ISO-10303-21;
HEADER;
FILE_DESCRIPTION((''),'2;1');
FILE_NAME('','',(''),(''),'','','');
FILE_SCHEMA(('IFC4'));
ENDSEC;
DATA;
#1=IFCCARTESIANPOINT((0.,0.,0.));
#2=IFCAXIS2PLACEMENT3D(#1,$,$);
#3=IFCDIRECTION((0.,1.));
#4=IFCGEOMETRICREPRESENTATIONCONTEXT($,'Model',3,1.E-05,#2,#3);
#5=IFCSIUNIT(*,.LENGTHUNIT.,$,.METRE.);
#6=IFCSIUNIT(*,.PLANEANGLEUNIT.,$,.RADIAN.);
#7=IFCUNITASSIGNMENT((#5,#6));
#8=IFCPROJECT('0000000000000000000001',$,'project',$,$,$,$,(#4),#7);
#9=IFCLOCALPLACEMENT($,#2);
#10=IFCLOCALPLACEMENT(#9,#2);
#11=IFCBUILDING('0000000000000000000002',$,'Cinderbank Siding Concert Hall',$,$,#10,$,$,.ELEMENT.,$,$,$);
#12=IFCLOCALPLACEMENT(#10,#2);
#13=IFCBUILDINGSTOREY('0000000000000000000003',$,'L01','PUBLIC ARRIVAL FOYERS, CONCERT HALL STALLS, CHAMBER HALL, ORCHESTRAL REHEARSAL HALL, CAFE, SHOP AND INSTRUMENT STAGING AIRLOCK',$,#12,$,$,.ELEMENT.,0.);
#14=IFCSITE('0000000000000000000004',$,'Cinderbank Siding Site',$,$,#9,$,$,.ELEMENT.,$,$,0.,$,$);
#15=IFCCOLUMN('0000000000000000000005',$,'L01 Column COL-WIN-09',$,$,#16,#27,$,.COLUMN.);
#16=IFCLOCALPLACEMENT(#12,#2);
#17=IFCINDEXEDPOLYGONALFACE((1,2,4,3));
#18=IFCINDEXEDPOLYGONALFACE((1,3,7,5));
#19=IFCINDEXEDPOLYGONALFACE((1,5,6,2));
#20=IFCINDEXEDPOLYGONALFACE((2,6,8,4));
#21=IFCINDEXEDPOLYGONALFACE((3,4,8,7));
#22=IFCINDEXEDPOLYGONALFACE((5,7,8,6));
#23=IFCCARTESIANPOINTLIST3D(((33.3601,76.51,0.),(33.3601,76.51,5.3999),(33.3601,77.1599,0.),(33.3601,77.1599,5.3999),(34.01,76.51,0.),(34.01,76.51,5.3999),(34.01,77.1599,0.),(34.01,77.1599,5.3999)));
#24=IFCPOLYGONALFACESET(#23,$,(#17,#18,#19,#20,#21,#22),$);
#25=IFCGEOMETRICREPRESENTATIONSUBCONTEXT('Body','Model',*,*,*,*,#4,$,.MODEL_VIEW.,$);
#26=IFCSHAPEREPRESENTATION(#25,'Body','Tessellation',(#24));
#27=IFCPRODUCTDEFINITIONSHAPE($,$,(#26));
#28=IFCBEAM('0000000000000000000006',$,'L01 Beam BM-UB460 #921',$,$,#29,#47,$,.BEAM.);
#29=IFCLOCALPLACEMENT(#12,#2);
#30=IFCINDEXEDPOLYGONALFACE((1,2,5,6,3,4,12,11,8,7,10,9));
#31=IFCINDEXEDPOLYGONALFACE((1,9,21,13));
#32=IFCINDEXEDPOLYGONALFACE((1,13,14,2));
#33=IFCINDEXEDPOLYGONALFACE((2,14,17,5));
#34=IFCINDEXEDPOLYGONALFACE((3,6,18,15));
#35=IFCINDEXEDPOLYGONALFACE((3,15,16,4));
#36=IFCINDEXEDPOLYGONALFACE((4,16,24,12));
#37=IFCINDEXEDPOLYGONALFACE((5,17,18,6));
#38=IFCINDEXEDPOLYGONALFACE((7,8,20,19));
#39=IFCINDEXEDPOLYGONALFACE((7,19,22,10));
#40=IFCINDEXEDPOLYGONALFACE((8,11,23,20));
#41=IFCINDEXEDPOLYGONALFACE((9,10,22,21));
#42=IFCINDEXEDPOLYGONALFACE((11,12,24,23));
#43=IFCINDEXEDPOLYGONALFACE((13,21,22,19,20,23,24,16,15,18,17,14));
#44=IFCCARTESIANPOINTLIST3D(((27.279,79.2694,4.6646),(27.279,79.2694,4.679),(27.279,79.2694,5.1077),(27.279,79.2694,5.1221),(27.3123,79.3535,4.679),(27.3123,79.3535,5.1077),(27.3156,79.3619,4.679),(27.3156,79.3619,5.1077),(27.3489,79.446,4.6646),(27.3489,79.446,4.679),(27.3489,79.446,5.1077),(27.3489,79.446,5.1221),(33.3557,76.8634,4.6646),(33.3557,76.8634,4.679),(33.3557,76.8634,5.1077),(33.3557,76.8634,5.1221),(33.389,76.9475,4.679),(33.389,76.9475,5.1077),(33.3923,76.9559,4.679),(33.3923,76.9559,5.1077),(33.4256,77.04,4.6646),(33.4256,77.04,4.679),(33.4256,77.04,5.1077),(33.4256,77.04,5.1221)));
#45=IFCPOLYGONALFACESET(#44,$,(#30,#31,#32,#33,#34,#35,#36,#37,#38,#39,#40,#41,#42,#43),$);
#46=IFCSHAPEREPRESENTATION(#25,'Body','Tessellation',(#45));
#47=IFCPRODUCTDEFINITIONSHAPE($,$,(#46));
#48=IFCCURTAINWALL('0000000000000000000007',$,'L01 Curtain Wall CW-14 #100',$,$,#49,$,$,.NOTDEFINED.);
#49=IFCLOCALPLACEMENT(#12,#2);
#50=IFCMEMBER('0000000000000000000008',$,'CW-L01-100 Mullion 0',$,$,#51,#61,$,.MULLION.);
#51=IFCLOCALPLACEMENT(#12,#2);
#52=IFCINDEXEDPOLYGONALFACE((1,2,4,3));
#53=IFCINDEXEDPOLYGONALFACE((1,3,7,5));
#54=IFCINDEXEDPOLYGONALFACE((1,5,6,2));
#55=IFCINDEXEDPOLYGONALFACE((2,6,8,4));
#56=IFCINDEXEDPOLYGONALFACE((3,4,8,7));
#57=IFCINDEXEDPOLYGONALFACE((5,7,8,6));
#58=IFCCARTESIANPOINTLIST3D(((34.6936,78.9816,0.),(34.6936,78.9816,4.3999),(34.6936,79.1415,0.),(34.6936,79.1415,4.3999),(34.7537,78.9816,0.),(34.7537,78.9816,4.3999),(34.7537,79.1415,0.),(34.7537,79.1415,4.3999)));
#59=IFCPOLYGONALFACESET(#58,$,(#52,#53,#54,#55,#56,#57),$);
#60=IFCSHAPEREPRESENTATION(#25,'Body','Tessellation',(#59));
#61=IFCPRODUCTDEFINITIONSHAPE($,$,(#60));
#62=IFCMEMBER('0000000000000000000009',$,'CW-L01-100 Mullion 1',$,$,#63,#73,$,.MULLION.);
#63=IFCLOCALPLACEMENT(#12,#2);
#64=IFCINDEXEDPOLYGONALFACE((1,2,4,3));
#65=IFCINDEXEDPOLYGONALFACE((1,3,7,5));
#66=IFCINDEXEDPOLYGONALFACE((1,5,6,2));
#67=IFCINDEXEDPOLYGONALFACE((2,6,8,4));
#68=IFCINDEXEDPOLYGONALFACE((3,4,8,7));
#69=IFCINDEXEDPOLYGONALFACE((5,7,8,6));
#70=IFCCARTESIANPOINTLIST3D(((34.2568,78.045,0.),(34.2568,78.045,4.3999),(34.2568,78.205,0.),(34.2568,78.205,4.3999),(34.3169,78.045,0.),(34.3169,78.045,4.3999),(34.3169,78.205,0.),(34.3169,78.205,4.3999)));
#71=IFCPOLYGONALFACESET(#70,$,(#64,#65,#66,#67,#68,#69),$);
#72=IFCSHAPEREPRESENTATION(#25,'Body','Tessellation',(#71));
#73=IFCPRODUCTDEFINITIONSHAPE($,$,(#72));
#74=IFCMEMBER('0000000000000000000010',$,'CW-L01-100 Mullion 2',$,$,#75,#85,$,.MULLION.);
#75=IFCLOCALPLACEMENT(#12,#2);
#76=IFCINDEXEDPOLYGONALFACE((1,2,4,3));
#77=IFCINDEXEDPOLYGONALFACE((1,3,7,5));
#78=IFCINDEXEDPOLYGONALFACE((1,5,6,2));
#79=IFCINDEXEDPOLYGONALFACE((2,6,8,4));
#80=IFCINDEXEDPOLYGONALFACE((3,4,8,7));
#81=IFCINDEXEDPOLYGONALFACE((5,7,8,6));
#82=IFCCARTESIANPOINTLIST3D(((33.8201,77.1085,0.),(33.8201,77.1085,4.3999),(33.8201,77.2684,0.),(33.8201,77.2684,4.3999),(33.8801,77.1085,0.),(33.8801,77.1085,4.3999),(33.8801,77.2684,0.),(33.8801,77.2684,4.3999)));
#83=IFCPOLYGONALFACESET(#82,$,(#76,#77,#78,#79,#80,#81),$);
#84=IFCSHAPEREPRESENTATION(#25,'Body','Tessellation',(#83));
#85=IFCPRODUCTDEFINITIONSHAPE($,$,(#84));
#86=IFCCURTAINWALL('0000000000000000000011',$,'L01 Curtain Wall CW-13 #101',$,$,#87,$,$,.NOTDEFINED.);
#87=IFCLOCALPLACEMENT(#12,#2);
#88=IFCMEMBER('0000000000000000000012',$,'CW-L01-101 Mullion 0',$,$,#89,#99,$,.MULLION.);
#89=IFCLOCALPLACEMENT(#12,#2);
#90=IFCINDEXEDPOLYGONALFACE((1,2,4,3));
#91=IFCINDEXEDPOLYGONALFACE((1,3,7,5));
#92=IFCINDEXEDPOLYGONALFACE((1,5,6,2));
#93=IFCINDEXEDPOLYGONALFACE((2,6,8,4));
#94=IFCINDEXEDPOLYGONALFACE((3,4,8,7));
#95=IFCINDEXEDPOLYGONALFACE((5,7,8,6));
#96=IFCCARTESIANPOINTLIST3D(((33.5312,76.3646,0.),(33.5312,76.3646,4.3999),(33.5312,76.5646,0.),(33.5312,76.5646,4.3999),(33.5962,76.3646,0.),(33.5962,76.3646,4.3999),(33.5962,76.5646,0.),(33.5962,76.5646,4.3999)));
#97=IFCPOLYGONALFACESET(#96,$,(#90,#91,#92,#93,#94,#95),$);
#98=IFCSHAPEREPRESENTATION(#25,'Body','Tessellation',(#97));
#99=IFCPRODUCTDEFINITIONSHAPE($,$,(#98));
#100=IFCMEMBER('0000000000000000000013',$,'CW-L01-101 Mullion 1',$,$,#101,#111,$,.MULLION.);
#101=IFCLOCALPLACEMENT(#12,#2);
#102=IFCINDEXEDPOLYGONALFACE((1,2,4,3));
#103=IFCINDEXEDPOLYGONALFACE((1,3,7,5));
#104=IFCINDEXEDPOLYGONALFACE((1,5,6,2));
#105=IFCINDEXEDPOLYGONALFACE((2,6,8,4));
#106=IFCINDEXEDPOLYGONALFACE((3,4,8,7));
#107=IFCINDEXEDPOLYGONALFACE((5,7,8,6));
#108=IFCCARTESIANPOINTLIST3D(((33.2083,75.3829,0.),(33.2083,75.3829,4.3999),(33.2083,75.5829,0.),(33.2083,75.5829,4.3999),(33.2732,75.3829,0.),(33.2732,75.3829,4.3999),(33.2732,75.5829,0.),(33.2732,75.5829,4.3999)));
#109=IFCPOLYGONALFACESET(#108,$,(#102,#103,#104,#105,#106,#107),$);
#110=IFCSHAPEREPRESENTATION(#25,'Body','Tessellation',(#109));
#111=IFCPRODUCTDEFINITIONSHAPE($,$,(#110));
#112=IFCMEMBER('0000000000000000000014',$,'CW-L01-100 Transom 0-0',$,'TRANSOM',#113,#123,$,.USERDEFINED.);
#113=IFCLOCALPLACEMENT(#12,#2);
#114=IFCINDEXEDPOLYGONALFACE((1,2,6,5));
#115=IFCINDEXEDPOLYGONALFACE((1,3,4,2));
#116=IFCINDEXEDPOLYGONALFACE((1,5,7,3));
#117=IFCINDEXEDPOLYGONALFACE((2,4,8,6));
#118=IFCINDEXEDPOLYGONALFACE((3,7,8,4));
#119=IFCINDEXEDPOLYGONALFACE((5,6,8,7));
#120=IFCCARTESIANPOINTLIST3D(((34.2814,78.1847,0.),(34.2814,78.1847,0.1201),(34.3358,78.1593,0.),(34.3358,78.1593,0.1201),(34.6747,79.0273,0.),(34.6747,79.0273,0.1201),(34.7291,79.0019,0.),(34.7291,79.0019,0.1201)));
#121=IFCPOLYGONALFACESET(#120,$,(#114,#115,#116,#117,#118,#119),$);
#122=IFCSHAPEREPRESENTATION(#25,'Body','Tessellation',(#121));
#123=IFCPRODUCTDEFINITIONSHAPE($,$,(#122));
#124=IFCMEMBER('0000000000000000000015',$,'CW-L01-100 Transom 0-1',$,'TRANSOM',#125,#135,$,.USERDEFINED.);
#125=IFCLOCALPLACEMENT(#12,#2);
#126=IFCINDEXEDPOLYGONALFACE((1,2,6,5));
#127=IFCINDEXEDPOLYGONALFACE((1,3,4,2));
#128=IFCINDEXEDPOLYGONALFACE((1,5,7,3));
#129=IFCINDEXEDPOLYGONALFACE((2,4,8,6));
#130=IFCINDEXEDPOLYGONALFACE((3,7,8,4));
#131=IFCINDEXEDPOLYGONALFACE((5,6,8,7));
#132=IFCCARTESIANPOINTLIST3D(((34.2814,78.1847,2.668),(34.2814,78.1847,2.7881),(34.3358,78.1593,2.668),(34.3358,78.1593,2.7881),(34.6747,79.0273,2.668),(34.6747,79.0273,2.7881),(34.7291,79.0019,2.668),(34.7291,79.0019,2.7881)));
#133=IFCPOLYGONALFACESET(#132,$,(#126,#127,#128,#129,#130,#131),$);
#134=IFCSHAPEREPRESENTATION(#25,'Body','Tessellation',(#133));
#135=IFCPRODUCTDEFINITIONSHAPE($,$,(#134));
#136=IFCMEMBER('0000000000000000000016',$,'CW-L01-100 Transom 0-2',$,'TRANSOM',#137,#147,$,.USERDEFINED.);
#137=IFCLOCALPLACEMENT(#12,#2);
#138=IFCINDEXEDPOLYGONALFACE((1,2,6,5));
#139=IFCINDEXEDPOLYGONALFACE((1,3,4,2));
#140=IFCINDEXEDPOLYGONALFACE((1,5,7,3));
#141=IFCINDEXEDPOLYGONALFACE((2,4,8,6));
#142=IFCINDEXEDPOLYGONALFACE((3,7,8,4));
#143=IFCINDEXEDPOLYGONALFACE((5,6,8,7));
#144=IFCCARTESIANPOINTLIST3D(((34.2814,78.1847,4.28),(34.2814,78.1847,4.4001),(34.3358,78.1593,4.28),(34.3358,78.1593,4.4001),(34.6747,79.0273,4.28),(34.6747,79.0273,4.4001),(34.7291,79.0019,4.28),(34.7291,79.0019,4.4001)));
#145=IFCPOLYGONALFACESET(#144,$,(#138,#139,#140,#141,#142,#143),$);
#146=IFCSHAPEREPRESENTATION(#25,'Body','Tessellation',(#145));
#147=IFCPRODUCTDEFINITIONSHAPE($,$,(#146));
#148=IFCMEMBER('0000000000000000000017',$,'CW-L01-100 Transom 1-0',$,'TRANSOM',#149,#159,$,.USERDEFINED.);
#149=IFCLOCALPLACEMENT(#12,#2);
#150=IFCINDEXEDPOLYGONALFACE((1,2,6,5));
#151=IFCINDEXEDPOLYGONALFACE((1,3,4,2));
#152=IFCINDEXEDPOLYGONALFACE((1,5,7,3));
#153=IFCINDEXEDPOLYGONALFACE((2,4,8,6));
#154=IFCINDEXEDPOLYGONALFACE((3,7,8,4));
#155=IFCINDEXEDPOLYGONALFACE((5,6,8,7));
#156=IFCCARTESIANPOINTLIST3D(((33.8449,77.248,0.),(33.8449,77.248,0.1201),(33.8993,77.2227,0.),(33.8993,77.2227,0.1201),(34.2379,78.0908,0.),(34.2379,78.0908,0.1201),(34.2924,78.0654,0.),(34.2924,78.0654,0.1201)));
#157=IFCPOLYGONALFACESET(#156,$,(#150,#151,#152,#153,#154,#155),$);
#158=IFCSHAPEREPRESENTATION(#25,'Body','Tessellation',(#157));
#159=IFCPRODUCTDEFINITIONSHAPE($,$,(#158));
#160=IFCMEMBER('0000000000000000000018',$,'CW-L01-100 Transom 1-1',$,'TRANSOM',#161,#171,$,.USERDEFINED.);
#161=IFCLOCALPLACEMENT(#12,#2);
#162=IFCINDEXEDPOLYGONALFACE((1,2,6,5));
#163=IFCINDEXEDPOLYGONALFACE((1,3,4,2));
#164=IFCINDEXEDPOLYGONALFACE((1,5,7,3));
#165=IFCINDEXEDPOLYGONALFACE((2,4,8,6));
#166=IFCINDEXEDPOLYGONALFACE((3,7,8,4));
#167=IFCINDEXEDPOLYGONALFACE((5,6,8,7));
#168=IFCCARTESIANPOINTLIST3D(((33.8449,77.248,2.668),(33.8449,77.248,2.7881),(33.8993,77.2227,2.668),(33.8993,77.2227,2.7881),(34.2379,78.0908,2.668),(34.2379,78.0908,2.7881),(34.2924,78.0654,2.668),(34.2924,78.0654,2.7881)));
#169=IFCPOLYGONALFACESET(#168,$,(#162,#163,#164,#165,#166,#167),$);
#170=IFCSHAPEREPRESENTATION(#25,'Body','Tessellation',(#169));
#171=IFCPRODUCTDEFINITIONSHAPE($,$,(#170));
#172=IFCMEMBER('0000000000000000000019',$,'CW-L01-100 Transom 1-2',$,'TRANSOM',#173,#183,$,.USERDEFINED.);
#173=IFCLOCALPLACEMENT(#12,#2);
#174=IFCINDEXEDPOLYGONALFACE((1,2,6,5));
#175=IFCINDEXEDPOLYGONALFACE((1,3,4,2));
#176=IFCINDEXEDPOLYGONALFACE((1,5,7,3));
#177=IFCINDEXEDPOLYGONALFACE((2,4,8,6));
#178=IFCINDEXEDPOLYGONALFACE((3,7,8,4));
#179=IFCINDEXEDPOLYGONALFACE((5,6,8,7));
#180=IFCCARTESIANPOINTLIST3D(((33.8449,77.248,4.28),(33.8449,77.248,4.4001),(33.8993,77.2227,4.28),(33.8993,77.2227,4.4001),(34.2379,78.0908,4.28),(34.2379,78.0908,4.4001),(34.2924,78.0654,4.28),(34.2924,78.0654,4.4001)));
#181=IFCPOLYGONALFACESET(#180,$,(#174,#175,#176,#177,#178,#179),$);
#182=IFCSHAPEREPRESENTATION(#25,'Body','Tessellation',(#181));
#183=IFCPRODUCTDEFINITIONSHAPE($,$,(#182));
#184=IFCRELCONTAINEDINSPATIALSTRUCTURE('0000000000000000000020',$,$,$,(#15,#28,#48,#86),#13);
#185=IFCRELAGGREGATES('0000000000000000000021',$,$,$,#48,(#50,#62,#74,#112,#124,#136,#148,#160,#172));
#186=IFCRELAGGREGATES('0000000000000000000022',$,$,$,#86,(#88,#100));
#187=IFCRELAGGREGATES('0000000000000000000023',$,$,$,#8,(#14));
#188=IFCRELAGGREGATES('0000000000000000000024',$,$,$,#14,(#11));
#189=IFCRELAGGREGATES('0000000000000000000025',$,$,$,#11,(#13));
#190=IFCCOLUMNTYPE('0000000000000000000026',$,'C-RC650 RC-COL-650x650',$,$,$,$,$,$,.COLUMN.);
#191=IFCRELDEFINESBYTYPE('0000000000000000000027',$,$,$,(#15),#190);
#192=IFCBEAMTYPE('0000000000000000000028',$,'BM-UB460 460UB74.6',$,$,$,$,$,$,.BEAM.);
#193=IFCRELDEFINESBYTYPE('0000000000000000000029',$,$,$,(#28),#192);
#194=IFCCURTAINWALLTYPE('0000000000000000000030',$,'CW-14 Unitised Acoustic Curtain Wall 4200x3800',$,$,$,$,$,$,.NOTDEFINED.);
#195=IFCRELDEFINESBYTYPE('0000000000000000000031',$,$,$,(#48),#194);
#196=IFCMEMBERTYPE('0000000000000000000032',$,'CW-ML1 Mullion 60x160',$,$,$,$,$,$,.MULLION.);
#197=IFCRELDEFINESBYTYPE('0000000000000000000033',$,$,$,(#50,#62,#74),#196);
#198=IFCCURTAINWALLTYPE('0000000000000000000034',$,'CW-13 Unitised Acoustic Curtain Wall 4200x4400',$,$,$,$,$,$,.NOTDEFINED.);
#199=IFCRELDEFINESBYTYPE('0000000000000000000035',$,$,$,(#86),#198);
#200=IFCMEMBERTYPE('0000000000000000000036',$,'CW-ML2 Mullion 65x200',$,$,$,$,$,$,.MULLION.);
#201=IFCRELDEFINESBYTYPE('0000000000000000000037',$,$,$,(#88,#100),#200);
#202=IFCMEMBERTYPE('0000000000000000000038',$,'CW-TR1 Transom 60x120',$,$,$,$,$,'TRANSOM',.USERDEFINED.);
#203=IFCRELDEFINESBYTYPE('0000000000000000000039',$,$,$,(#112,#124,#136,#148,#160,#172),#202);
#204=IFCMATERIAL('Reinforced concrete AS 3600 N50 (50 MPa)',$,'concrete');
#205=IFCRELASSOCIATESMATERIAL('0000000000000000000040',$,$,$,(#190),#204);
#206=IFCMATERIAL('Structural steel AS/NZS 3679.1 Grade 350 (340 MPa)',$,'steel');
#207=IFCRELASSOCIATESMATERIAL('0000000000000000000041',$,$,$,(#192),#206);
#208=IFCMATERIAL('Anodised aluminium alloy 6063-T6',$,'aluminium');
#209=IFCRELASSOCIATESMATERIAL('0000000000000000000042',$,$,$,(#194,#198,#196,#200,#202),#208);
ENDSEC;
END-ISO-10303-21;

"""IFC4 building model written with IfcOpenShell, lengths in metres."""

from ifc_helpers import new_model, si_unit, direction, frame, origin, origin_2d, place, context, subcontext, project, spatial, rectangle, i_section, extrude, material, material_profile, profile_set, type_object, element, aggregate, save


model = new_model("IFC4")

# Units and contexts
model_context = context("Model", 3, precision=1e-05, world=origin(), true_north=direction((0.0, 1.0)))
body_context = subcontext(model_context, "Body", "Model", "MODEL_VIEW")
ifc_project = project(units=[si_unit("LENGTHUNIT", "METRE"), si_unit("PLANEANGLEUNIT", "RADIAN")], contexts=[model_context])

# Site, building, storey
site_placement = place(None, origin())
site = spatial("IfcSite", under=ifc_project, at=site_placement, Name="Cinderbank Siding Site", CompositionType="ELEMENT", RefElevation=0.0)
building_placement = place(site_placement, origin())
building = spatial("IfcBuilding", under=site, at=building_placement, Name="Cinderbank Siding Concert Hall", CompositionType="ELEMENT")
storey_placement = place(building_placement, origin())
storey = spatial("IfcBuildingStorey", under=building, at=storey_placement, Name="L01", Description="PUBLIC ARRIVAL FOYERS, CONCERT HALL STALLS, CHAMBER HALL, ORCHESTRAL REHEARSAL HALL, CAFE, SHOP AND INSTRUMENT STAGING AIRLOCK", CompositionType="ELEMENT", Elevation=0.0)

# Column
ifc_material_1 = material(Name="Reinforced concrete AS 3600 N50 (50 MPa)", Category="concrete")
ifc_material_profile_1 = material_profile(ifc_material_1, rectangle(XDim=0.6499, YDim=0.6499, at=origin_2d()), Name="RC-COL-650x650", Category="LoadBearing")
ifc_profile_set_1 = profile_set([ifc_material_profile_1], Name="Reinforced concrete AS 3600 N50 (50 MPa)")
column_type = type_object("IfcColumnType", Name="C-RC650 RC-COL-650x650", PredefinedType="COLUMN", material=ifc_profile_set_1)
column_placement = place(storey_placement, frame((33.6851, 76.835, 0.0), z_axis=(0.0, 0.0, 1.0), x_axis=(1.0, 0.0, 0.0)))
element("IfcColumn", 1, at=column_placement, inside=storey, type_object=column_type, Name="L01 Column COL-WIN-09", PredefinedType="COLUMN", context=body_context, shape_type="SweptSolid", body=[
    extrude(rectangle(XDim=0.6499, YDim=0.6499, at=origin_2d()), origin(), (0.0, 0.0, 1.0), 5.3999),
])

# Beam
ifc_material_2 = material(Name="Structural steel AS/NZS 3679.1 Grade 350 (340 MPa)", Category="steel")
ifc_material_profile_2 = material_profile(ifc_material_2, i_section(OverallWidth=0.1899, OverallDepth=0.4575, WebThickness=0.009, FlangeThickness=0.0144, at=origin_2d()), Name="460UB74.6", Category="LoadBearing")
ifc_profile_set_2 = profile_set([ifc_material_profile_2], Name="Structural steel AS/NZS 3679.1 Grade 350 (340 MPa)")
beam_type_1 = type_object("IfcBeamType", Name="BM-UB460 460UB74.6", PredefinedType="BEAM", material=ifc_profile_set_2)
beam_placement = place(storey_placement, frame((33.3906, 76.9517, 4.8933), z_axis=(-0.929772, 0.368136, 0.0), x_axis=(-0.368136, -0.929772, 0.0)))
element("IfcBeam", 2, at=beam_placement, inside=storey, type_object=beam_type_1, Name="L01 Beam BM-UB460 #921", PredefinedType="BEAM", context=body_context, shape_type="SweptSolid", body=[
    extrude(i_section(OverallWidth=0.1899, OverallDepth=0.4575, WebThickness=0.009, FlangeThickness=0.0144, at=origin_2d()), origin(), (0.0, 0.0, 1.0), 6.5356),
])

# Curtain walls, members
ifc_material_3 = material(Name="Anodised aluminium alloy 6063-T6", Category="aluminium")
curtain_wall_type_1 = type_object("IfcCurtainWallType", Name="CW-14 Unitised Acoustic Curtain Wall 4200x3800", PredefinedType="NOTDEFINED", material=ifc_material_3)
curtain_wall_1_placement = place(storey_placement, origin())
curtain_wall_1 = element("IfcCurtainWall", 3, at=curtain_wall_1_placement, inside=storey, type_object=curtain_wall_type_1, Name="L01 Curtain Wall CW-14 #100", PredefinedType="NOTDEFINED")
ifc_material_profile_3 = material_profile(ifc_material_3, rectangle(XDim=0.0601, YDim=0.1599, at=origin_2d()), Name="ALU-MULL-60x160", Category="LoadBearing")
ifc_profile_set_3 = profile_set([ifc_material_profile_3], Name="Anodised aluminium alloy 6063-T6")
member_type_1 = type_object("IfcMemberType", Name="CW-ML1 Mullion 60x160", PredefinedType="MULLION", material=ifc_profile_set_3)
member_1_placement = place(storey_placement, frame((34.7236, 79.0615, 0.0), z_axis=(0.0, 0.0, 1.0), x_axis=(1.0, 0.0, 0.0)))
member_1 = element("IfcMember", 4, at=member_1_placement, type_object=member_type_1, Name="CW-L01-100 Mullion 0", PredefinedType="MULLION", context=body_context, shape_type="SweptSolid", body=[
    extrude(rectangle(XDim=0.0601, YDim=0.1599, at=origin_2d()), origin(), (0.0, 0.0, 1.0), 4.3999),
])
member_2_placement = place(storey_placement, frame((34.2869, 78.125, 0.0), z_axis=(0.0, 0.0, 1.0), x_axis=(1.0, 0.0, 0.0)))
member_2 = element("IfcMember", 5, at=member_2_placement, type_object=member_type_1, Name="CW-L01-100 Mullion 1", PredefinedType="MULLION", context=body_context, shape_type="SweptSolid", body=[
    extrude(rectangle(XDim=0.0601, YDim=0.1599, at=origin_2d()), origin(), (0.0, 0.0, 1.0), 4.3999),
])
member_3_placement = place(storey_placement, frame((33.8501, 77.1885, 0.0), z_axis=(0.0, 0.0, 1.0), x_axis=(1.0, 0.0, 0.0)))
member_3 = element("IfcMember", 6, at=member_3_placement, type_object=member_type_1, Name="CW-L01-100 Mullion 2", PredefinedType="MULLION", context=body_context, shape_type="SweptSolid", body=[
    extrude(rectangle(XDim=0.0601, YDim=0.1599, at=origin_2d()), origin(), (0.0, 0.0, 1.0), 4.3999),
])
curtain_wall_type_2 = type_object("IfcCurtainWallType", Name="CW-13 Unitised Acoustic Curtain Wall 4200x4400", PredefinedType="NOTDEFINED", material=ifc_material_3)
curtain_wall_2_placement = place(storey_placement, origin())
curtain_wall_2 = element("IfcCurtainWall", 7, at=curtain_wall_2_placement, inside=storey, type_object=curtain_wall_type_2, Name="L01 Curtain Wall CW-13 #101", PredefinedType="NOTDEFINED")
ifc_material_profile_4 = material_profile(ifc_material_3, rectangle(XDim=0.0649, YDim=0.2, at=origin_2d()), Name="ALU-MULL-65x200", Category="LoadBearing")
ifc_profile_set_4 = profile_set([ifc_material_profile_4], Name="Anodised aluminium alloy 6063-T6")
member_type_2 = type_object("IfcMemberType", Name="CW-ML2 Mullion 65x200", PredefinedType="MULLION", material=ifc_profile_set_4)
member_4_placement = place(storey_placement, frame((33.5637, 76.4646, 0.0), z_axis=(0.0, 0.0, 1.0), x_axis=(1.0, 0.0, 0.0)))
member_4 = element("IfcMember", 8, at=member_4_placement, type_object=member_type_2, Name="CW-L01-101 Mullion 0", PredefinedType="MULLION", context=body_context, shape_type="SweptSolid", body=[
    extrude(rectangle(XDim=0.0649, YDim=0.2, at=origin_2d()), origin(), (0.0, 0.0, 1.0), 4.3999),
])
member_5_placement = place(storey_placement, frame((33.2407, 75.4829, 0.0), z_axis=(0.0, 0.0, 1.0), x_axis=(1.0, 0.0, 0.0)))
member_5 = element("IfcMember", 9, at=member_5_placement, type_object=member_type_2, Name="CW-L01-101 Mullion 1", PredefinedType="MULLION", context=body_context, shape_type="SweptSolid", body=[
    extrude(rectangle(XDim=0.0649, YDim=0.2, at=origin_2d()), origin(), (0.0, 0.0, 1.0), 4.3999),
])

# Members
ifc_material_profile_5 = material_profile(ifc_material_3, rectangle(XDim=0.0601, YDim=0.1201, at=origin_2d()), Name="ALU-TRAN-60x120", Category="LoadBearing")
ifc_profile_set_5 = profile_set([ifc_material_profile_5], Name="Anodised aluminium alloy 6063-T6")
member_type_3 = type_object("IfcMemberType", Name="CW-TR1 Transom 60x120", ElementType="TRANSOM", PredefinedType="USERDEFINED", material=ifc_profile_set_5)
member_6_placement = place(storey_placement, frame((34.7019, 79.0146, 0.0601), z_axis=(-0.4229, -0.906176, 0.0), x_axis=(0.906176, -0.4229, 0.0)))
member_6 = element("IfcMember", 10, at=member_6_placement, type_object=member_type_3, Name="CW-L01-100 Transom 0-0", ObjectType="TRANSOM", PredefinedType="USERDEFINED", context=body_context, shape_type="SweptSolid", body=[
    extrude(rectangle(XDim=0.0601, YDim=0.1201, at=origin_2d()), origin(), (0.0, 0.0, 1.0), 0.9299),
])
member_7_placement = place(storey_placement, frame((34.7019, 79.0146, 2.728), z_axis=(-0.4229, -0.906176, 0.0), x_axis=(0.906176, -0.4229, 0.0)))
member_7 = element("IfcMember", 11, at=member_7_placement, type_object=member_type_3, Name="CW-L01-100 Transom 0-1", ObjectType="TRANSOM", PredefinedType="USERDEFINED", context=body_context, shape_type="SweptSolid", body=[
    extrude(rectangle(XDim=0.0601, YDim=0.1201, at=origin_2d()), origin(), (0.0, 0.0, 1.0), 0.9299),
])
member_8_placement = place(storey_placement, frame((34.7019, 79.0146, 4.3401), z_axis=(-0.4229, -0.906176, 0.0), x_axis=(0.906176, -0.4229, 0.0)))
member_8 = element("IfcMember", 12, at=member_8_placement, type_object=member_type_3, Name="CW-L01-100 Transom 0-2", ObjectType="TRANSOM", PredefinedType="USERDEFINED", context=body_context, shape_type="SweptSolid", body=[
    extrude(rectangle(XDim=0.0601, YDim=0.1201, at=origin_2d()), origin(), (0.0, 0.0, 1.0), 0.9299),
])
member_9_placement = place(storey_placement, frame((34.2651, 78.0781, 0.0601), z_axis=(-0.422684, -0.906277, 0.0), x_axis=(0.906277, -0.422684, 0.0)))
member_9 = element("IfcMember", 13, at=member_9_placement, type_object=member_type_3, Name="CW-L01-100 Transom 1-0", ObjectType="TRANSOM", PredefinedType="USERDEFINED", context=body_context, shape_type="SweptSolid", body=[
    extrude(rectangle(XDim=0.0601, YDim=0.1201, at=origin_2d()), origin(), (0.0, 0.0, 1.0), 0.9299),
])
member_10_placement = place(storey_placement, frame((34.2651, 78.0781, 2.728), z_axis=(-0.422684, -0.906277, 0.0), x_axis=(0.906277, -0.422684, 0.0)))
member_10 = element("IfcMember", 14, at=member_10_placement, type_object=member_type_3, Name="CW-L01-100 Transom 1-1", ObjectType="TRANSOM", PredefinedType="USERDEFINED", context=body_context, shape_type="SweptSolid", body=[
    extrude(rectangle(XDim=0.0601, YDim=0.1201, at=origin_2d()), origin(), (0.0, 0.0, 1.0), 0.9299),
])
member_11_placement = place(storey_placement, frame((34.2651, 78.0781, 4.3401), z_axis=(-0.422684, -0.906277, 0.0), x_axis=(0.906277, -0.422684, 0.0)))
member_11 = element("IfcMember", 15, at=member_11_placement, type_object=member_type_3, Name="CW-L01-100 Transom 1-2", ObjectType="TRANSOM", PredefinedType="USERDEFINED", context=body_context, shape_type="SweptSolid", body=[
    extrude(rectangle(XDim=0.0601, YDim=0.1201, at=origin_2d()), origin(), (0.0, 0.0, 1.0), 0.9299),
])

aggregate(curtain_wall_1, [member_1, member_2, member_3, member_6, member_7, member_8, member_9, member_10, member_11])
aggregate(curtain_wall_2, [member_4, member_5])

save(model, "model.ifc")
